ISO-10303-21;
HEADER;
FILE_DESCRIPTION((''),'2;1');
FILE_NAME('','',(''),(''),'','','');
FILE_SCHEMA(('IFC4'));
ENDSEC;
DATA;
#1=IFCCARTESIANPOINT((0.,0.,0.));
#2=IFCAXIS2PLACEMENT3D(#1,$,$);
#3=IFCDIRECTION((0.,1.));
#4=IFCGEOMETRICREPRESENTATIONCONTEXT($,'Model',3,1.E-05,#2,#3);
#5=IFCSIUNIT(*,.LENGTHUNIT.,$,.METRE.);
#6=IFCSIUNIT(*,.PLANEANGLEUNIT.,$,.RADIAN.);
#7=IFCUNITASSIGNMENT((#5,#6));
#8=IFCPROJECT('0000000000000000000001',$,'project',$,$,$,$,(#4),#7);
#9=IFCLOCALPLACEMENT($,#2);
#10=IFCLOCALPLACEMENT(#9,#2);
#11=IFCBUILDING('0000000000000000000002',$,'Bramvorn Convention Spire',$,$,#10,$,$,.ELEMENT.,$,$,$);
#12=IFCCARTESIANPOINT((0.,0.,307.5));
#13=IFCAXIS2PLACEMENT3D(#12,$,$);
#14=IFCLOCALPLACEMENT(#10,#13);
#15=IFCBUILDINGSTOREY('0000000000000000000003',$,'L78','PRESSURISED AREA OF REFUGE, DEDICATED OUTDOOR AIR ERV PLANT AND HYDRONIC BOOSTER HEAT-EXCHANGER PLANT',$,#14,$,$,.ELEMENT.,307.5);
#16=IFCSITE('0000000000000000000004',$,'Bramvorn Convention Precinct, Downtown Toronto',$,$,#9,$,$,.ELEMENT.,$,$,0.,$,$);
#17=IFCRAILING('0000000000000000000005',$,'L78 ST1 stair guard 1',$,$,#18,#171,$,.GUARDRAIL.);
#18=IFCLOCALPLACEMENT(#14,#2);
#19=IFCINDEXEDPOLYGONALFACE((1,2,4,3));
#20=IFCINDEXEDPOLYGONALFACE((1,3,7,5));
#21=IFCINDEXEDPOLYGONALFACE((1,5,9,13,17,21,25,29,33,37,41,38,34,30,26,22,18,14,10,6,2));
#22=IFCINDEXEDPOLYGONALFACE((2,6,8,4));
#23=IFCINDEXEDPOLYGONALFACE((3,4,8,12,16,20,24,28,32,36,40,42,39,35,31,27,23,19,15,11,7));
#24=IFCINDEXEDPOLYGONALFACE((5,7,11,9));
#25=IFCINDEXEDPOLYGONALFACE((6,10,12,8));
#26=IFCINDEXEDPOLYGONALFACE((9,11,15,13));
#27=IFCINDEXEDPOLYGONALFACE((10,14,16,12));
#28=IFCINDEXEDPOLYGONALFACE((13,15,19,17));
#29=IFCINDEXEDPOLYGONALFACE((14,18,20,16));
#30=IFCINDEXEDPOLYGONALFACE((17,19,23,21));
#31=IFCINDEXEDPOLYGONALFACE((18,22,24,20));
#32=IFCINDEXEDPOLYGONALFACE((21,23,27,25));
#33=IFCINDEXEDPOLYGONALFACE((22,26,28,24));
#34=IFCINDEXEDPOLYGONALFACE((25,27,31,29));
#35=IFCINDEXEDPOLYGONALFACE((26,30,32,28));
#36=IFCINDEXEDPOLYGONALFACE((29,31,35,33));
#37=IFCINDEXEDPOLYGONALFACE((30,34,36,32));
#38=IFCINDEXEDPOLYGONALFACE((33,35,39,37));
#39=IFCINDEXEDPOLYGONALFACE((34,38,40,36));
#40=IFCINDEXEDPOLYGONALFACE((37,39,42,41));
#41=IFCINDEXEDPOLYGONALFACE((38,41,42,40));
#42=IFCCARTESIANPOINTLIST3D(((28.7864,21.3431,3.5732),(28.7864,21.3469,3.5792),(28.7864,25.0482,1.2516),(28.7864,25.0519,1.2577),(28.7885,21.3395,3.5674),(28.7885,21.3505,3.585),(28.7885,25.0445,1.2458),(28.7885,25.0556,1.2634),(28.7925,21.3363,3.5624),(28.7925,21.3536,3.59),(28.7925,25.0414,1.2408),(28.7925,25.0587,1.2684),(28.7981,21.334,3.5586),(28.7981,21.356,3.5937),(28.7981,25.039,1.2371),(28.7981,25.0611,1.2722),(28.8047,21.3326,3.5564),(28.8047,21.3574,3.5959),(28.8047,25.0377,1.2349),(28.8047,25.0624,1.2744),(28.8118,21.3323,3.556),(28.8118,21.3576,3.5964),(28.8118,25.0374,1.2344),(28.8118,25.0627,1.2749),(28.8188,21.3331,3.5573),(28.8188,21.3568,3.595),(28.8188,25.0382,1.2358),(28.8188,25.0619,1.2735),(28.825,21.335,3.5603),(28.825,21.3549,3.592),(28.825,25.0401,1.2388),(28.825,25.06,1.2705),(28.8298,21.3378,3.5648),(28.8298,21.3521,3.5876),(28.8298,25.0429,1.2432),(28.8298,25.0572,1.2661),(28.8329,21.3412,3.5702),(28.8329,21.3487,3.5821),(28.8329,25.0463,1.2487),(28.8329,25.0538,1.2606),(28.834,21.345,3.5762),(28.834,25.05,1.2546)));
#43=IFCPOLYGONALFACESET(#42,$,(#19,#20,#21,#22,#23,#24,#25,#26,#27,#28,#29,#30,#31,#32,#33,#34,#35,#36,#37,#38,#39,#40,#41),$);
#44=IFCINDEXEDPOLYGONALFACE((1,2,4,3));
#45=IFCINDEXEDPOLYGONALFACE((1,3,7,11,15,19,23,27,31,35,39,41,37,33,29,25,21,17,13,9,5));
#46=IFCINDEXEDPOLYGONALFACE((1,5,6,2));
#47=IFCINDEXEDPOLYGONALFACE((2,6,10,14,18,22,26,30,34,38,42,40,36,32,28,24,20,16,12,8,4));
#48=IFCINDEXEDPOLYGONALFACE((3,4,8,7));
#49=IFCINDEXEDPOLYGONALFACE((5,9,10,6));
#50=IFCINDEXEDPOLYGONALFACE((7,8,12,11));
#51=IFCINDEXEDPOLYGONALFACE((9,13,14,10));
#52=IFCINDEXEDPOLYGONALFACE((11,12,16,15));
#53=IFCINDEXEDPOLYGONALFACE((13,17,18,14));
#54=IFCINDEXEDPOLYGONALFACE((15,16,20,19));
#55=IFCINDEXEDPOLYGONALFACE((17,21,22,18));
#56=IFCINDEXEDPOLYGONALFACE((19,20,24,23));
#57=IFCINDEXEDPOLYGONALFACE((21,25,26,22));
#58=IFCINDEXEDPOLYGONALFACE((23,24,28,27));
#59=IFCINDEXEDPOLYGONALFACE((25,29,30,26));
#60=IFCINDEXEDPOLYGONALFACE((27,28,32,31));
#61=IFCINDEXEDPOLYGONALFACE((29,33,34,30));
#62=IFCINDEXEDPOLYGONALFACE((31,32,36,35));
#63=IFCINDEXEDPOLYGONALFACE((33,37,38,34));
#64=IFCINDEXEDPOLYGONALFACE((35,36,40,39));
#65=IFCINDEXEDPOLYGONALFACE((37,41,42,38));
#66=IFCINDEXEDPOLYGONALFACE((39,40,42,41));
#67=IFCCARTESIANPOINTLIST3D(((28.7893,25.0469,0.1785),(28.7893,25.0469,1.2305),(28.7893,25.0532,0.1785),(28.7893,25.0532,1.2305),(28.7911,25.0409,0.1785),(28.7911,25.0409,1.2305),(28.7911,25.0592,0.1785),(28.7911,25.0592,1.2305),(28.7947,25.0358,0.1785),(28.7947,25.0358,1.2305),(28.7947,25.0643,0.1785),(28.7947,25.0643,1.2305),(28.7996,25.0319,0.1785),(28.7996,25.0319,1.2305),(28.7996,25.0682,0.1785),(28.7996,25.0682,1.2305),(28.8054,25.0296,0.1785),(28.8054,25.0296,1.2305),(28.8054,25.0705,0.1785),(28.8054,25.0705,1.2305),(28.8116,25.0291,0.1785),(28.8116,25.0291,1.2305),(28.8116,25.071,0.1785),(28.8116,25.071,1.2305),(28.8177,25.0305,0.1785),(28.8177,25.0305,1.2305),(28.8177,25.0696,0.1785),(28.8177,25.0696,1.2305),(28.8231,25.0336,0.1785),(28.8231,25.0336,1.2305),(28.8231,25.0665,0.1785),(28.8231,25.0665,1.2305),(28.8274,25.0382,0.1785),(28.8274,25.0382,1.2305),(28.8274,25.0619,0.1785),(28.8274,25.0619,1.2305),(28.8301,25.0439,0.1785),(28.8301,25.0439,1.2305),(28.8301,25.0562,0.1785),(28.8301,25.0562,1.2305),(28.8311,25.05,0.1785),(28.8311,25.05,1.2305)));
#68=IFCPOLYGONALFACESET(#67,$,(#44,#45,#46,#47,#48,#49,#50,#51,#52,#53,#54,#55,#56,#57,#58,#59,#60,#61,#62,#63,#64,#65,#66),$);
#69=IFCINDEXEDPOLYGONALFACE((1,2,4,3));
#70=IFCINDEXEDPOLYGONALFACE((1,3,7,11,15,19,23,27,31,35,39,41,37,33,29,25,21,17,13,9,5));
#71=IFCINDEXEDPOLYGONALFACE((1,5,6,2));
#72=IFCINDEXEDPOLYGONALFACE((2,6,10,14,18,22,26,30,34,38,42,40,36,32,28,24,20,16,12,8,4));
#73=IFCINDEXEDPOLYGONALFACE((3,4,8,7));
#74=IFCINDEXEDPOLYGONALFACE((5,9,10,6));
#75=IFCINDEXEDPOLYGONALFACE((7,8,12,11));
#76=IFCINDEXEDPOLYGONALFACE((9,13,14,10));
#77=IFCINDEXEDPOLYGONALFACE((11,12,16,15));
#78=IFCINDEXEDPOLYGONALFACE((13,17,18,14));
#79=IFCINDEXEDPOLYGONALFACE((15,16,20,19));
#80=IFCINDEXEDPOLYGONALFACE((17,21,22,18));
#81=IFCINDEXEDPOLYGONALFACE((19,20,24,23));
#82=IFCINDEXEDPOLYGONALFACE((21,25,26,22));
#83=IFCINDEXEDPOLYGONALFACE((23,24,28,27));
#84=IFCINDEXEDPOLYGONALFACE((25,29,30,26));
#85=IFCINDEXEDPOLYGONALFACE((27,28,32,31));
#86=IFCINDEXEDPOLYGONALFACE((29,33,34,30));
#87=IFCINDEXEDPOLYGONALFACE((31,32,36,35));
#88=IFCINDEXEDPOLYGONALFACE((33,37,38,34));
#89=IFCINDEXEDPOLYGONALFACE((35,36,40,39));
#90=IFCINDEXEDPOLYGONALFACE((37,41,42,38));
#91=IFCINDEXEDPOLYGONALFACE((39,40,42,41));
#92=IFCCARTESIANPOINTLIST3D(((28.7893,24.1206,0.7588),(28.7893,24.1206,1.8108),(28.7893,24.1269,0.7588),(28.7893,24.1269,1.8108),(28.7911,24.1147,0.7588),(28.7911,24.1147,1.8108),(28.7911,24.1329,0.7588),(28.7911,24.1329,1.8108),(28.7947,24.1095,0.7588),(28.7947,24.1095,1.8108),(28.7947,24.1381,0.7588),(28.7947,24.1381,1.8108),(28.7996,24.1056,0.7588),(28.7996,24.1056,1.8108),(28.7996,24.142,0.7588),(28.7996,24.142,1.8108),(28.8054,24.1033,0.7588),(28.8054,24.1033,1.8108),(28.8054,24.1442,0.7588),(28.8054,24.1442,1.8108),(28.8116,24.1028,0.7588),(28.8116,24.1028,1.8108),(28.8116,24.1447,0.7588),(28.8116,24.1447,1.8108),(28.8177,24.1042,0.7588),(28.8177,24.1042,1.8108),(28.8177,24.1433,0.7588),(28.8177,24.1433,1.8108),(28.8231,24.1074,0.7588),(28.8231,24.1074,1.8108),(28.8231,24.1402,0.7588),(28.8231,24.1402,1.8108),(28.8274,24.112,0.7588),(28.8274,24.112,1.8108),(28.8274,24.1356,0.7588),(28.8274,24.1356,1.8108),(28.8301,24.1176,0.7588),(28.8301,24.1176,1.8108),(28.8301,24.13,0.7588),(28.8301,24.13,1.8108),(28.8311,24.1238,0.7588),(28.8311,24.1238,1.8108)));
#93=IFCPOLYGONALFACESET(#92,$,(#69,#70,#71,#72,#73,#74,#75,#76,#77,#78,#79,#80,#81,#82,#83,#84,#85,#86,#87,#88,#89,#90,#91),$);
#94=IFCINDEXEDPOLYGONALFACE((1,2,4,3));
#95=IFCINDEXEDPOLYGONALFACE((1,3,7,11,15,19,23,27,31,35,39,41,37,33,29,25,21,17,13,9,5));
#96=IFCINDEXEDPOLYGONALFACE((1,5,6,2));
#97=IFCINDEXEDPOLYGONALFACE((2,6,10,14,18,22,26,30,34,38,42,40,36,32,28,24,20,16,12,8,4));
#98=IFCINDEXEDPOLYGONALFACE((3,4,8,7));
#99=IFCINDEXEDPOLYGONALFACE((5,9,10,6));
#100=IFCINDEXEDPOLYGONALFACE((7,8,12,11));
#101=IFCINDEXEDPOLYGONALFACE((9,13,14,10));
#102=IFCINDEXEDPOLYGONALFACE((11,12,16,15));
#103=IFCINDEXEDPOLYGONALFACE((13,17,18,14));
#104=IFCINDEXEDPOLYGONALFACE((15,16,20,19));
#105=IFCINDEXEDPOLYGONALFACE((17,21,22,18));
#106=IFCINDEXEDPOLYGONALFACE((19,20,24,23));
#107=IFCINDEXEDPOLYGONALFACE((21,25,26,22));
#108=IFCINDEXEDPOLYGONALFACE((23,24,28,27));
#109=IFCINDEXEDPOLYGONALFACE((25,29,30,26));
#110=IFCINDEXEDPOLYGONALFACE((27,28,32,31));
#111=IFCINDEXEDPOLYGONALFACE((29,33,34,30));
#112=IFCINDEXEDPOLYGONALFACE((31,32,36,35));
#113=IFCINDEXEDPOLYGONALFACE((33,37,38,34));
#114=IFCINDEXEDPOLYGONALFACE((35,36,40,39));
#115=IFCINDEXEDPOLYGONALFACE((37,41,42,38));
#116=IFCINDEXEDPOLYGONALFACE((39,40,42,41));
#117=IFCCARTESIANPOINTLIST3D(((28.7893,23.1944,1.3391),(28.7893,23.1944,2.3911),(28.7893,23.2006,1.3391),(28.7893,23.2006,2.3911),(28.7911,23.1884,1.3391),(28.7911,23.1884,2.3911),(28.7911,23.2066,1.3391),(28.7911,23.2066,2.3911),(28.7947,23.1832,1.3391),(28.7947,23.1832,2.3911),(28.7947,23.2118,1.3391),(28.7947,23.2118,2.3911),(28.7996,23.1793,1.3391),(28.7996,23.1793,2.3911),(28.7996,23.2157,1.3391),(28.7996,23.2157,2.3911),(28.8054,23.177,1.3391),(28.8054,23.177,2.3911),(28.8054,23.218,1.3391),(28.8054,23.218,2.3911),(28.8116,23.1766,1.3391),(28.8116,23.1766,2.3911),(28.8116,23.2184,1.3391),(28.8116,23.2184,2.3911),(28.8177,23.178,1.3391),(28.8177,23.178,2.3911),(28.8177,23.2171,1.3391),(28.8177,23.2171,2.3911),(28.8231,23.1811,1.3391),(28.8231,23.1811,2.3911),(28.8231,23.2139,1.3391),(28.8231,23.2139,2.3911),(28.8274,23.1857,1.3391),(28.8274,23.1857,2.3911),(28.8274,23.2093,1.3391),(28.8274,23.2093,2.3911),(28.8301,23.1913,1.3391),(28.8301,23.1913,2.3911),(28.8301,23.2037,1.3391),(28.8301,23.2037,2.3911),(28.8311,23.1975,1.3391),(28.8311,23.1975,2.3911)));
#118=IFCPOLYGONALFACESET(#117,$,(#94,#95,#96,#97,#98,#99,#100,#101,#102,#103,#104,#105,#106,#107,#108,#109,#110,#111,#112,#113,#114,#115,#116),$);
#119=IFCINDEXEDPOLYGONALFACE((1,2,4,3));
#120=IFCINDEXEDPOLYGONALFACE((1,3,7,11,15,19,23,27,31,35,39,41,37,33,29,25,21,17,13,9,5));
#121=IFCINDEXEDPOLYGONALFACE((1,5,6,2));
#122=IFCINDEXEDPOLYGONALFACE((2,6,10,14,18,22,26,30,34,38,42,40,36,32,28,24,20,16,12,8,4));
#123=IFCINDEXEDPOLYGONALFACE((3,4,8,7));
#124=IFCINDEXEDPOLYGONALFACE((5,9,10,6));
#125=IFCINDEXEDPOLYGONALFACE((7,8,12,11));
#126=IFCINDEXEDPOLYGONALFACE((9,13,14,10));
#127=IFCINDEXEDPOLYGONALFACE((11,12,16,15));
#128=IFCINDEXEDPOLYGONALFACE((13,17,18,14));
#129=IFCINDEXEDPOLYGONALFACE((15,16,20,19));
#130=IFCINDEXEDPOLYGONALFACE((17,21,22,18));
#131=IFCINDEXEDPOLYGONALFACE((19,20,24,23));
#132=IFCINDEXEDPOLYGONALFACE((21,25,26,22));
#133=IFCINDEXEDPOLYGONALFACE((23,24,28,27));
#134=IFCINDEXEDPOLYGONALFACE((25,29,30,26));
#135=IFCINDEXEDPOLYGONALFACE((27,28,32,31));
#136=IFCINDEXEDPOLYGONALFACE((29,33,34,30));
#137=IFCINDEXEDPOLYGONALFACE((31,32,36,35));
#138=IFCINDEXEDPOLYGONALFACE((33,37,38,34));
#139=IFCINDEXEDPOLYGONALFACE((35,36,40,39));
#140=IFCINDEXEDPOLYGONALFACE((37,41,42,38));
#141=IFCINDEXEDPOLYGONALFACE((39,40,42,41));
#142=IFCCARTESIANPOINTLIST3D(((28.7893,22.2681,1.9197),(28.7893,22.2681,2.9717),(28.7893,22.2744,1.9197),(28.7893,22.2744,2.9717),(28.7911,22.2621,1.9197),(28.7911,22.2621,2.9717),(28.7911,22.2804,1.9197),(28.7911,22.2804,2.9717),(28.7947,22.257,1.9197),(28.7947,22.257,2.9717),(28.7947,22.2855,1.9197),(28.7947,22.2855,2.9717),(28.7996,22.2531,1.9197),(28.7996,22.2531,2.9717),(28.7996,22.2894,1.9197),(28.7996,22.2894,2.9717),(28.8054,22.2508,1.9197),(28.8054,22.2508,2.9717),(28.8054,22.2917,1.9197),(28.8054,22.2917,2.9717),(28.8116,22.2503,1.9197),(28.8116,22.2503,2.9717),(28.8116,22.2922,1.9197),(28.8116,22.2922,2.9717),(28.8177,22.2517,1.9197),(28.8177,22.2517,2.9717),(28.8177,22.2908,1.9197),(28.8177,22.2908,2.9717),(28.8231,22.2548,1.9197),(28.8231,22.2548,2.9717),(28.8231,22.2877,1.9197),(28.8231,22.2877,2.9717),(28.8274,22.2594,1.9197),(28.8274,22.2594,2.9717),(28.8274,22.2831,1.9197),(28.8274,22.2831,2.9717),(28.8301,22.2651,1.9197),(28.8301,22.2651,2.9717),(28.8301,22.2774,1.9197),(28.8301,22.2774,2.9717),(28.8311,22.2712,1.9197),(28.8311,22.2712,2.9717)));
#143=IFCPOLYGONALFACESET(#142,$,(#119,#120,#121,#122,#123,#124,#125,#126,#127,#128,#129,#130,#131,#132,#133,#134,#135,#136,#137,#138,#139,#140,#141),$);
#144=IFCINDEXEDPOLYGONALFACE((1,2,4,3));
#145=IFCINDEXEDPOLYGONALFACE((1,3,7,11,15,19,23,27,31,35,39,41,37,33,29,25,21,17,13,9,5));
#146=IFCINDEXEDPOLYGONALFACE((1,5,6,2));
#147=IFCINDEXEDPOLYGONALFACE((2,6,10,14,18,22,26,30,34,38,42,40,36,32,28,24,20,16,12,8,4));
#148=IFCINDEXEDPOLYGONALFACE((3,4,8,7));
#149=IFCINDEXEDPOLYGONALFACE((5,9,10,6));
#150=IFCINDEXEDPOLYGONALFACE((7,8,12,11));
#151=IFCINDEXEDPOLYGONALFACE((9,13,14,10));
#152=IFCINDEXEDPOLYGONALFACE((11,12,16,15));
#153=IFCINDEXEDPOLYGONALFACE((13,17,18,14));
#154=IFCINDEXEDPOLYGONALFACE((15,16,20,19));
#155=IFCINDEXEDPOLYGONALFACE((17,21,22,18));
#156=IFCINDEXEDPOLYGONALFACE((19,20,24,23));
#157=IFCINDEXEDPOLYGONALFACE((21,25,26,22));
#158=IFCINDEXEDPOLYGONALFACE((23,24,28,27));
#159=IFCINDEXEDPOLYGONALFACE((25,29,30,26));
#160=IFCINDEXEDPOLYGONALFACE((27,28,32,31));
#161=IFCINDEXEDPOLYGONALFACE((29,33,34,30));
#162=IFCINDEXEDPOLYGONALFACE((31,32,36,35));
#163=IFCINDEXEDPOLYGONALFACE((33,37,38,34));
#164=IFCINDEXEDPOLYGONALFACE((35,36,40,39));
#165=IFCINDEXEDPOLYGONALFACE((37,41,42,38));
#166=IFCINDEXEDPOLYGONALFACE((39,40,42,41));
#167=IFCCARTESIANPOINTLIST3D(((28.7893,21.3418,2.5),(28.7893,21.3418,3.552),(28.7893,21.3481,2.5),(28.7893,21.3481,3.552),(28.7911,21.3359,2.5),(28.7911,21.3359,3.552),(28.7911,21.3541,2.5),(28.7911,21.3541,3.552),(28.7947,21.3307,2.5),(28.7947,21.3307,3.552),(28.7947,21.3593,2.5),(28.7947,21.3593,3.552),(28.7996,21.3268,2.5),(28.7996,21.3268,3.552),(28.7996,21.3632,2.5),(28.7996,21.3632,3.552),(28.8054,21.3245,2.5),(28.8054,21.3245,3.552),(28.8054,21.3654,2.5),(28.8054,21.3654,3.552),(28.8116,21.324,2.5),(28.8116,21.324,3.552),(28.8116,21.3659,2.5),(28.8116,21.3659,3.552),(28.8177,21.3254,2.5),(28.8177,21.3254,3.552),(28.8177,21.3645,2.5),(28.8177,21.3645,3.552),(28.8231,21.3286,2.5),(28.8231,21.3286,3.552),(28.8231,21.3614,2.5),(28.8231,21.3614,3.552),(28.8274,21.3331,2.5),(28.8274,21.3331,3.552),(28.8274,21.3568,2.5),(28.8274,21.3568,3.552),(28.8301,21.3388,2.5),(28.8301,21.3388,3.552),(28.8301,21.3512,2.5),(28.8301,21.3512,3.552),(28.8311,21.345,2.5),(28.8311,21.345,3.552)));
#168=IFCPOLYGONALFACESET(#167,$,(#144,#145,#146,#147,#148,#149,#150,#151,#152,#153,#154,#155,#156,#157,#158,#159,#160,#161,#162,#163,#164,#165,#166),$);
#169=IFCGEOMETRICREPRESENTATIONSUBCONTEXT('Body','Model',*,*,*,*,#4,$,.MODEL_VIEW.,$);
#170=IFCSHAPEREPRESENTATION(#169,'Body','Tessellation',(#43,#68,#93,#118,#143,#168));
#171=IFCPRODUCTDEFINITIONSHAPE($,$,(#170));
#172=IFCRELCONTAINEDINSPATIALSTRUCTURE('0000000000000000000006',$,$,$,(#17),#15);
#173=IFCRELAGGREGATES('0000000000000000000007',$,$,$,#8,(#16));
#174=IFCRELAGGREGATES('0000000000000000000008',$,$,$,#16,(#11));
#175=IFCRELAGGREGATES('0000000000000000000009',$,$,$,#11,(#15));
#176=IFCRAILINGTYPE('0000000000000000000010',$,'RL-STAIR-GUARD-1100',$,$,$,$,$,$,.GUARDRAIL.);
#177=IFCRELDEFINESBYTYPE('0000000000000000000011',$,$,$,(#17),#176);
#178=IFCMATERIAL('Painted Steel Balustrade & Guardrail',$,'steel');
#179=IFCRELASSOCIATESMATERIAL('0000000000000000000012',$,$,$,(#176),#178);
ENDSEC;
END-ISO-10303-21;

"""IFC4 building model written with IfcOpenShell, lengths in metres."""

from ifc_helpers import new_model, si_unit, direction, frame, origin, origin_2d, place, context, subcontext, project, spatial, circle, extrude, material, type_object, element, save


model = new_model("IFC4")

# Units and contexts
model_context = context("Model", 3, precision=1e-05, world=origin(), true_north=direction((0.0, 1.0)))
body_context = subcontext(model_context, "Body", "Model", "MODEL_VIEW")
ifc_project = project(units=[si_unit("LENGTHUNIT", "METRE"), si_unit("PLANEANGLEUNIT", "RADIAN")], contexts=[model_context])

# Site, building, storey
site_placement = place(None, origin())
site = spatial("IfcSite", under=ifc_project, at=site_placement, Name="Bramvorn Convention Precinct, Downtown Toronto", CompositionType="ELEMENT", RefElevation=0.0)
building_placement = place(site_placement, origin())
building = spatial("IfcBuilding", under=site, at=building_placement, Name="Bramvorn Convention Spire", CompositionType="ELEMENT")
storey_placement = place(building_placement, frame((0.0, 0.0, 307.5)))
storey = spatial("IfcBuildingStorey", under=building, at=storey_placement, Name="L78", Description="PRESSURISED AREA OF REFUGE, DEDICATED OUTDOOR AIR ERV PLANT AND HYDRONIC BOOSTER HEAT-EXCHANGER PLANT", CompositionType="ELEMENT", Elevation=307.5)

# Railing
ifc_material_1 = material(Name="Painted Steel Balustrade & Guardrail", Category="steel")
railing_type_1 = type_object("IfcRailingType", Name="RL-STAIR-GUARD-1100", PredefinedType="GUARDRAIL", material=ifc_material_1)
railing_1_placement = place(storey_placement, frame((28.8101, 25.05, 0.1785)))
element("IfcRailing", 1, at=railing_1_placement, inside=storey, type_object=railing_type_1, Name="L78 ST1 stair guard 1", PredefinedType="GUARDRAIL", context=body_context, shape_type="SweptSolid", body=[
    extrude(circle(Radius=0.0239, at=origin_2d()), frame((0.0, 0.0, 1.0762), z_axis=(0.0, -0.847395, 0.530962), x_axis=(1.0, 0.0, 0.0)), (0.0, 0.0, 1.0), 4.3723),
    extrude(circle(Radius=0.021, at=origin_2d()), origin(), (0.0, 0.0, 1.0), 1.052),
    extrude(circle(Radius=0.021, at=origin_2d()), frame((0.0, -0.9263, 0.5803)), (0.0, 0.0, 1.0), 1.052),
    extrude(circle(Radius=0.021, at=origin_2d()), frame((0.0, -1.8525, 1.1606)), (0.0, 0.0, 1.0), 1.052),
    extrude(circle(Radius=0.021, at=origin_2d()), frame((0.0, -2.7788, 1.7412)), (0.0, 0.0, 1.0), 1.052),
    extrude(circle(Radius=0.021, at=origin_2d()), frame((0.0, -3.7051, 2.3215)), (0.0, 0.0, 1.0), 1.052),
])

save(model, "model.ifc")
